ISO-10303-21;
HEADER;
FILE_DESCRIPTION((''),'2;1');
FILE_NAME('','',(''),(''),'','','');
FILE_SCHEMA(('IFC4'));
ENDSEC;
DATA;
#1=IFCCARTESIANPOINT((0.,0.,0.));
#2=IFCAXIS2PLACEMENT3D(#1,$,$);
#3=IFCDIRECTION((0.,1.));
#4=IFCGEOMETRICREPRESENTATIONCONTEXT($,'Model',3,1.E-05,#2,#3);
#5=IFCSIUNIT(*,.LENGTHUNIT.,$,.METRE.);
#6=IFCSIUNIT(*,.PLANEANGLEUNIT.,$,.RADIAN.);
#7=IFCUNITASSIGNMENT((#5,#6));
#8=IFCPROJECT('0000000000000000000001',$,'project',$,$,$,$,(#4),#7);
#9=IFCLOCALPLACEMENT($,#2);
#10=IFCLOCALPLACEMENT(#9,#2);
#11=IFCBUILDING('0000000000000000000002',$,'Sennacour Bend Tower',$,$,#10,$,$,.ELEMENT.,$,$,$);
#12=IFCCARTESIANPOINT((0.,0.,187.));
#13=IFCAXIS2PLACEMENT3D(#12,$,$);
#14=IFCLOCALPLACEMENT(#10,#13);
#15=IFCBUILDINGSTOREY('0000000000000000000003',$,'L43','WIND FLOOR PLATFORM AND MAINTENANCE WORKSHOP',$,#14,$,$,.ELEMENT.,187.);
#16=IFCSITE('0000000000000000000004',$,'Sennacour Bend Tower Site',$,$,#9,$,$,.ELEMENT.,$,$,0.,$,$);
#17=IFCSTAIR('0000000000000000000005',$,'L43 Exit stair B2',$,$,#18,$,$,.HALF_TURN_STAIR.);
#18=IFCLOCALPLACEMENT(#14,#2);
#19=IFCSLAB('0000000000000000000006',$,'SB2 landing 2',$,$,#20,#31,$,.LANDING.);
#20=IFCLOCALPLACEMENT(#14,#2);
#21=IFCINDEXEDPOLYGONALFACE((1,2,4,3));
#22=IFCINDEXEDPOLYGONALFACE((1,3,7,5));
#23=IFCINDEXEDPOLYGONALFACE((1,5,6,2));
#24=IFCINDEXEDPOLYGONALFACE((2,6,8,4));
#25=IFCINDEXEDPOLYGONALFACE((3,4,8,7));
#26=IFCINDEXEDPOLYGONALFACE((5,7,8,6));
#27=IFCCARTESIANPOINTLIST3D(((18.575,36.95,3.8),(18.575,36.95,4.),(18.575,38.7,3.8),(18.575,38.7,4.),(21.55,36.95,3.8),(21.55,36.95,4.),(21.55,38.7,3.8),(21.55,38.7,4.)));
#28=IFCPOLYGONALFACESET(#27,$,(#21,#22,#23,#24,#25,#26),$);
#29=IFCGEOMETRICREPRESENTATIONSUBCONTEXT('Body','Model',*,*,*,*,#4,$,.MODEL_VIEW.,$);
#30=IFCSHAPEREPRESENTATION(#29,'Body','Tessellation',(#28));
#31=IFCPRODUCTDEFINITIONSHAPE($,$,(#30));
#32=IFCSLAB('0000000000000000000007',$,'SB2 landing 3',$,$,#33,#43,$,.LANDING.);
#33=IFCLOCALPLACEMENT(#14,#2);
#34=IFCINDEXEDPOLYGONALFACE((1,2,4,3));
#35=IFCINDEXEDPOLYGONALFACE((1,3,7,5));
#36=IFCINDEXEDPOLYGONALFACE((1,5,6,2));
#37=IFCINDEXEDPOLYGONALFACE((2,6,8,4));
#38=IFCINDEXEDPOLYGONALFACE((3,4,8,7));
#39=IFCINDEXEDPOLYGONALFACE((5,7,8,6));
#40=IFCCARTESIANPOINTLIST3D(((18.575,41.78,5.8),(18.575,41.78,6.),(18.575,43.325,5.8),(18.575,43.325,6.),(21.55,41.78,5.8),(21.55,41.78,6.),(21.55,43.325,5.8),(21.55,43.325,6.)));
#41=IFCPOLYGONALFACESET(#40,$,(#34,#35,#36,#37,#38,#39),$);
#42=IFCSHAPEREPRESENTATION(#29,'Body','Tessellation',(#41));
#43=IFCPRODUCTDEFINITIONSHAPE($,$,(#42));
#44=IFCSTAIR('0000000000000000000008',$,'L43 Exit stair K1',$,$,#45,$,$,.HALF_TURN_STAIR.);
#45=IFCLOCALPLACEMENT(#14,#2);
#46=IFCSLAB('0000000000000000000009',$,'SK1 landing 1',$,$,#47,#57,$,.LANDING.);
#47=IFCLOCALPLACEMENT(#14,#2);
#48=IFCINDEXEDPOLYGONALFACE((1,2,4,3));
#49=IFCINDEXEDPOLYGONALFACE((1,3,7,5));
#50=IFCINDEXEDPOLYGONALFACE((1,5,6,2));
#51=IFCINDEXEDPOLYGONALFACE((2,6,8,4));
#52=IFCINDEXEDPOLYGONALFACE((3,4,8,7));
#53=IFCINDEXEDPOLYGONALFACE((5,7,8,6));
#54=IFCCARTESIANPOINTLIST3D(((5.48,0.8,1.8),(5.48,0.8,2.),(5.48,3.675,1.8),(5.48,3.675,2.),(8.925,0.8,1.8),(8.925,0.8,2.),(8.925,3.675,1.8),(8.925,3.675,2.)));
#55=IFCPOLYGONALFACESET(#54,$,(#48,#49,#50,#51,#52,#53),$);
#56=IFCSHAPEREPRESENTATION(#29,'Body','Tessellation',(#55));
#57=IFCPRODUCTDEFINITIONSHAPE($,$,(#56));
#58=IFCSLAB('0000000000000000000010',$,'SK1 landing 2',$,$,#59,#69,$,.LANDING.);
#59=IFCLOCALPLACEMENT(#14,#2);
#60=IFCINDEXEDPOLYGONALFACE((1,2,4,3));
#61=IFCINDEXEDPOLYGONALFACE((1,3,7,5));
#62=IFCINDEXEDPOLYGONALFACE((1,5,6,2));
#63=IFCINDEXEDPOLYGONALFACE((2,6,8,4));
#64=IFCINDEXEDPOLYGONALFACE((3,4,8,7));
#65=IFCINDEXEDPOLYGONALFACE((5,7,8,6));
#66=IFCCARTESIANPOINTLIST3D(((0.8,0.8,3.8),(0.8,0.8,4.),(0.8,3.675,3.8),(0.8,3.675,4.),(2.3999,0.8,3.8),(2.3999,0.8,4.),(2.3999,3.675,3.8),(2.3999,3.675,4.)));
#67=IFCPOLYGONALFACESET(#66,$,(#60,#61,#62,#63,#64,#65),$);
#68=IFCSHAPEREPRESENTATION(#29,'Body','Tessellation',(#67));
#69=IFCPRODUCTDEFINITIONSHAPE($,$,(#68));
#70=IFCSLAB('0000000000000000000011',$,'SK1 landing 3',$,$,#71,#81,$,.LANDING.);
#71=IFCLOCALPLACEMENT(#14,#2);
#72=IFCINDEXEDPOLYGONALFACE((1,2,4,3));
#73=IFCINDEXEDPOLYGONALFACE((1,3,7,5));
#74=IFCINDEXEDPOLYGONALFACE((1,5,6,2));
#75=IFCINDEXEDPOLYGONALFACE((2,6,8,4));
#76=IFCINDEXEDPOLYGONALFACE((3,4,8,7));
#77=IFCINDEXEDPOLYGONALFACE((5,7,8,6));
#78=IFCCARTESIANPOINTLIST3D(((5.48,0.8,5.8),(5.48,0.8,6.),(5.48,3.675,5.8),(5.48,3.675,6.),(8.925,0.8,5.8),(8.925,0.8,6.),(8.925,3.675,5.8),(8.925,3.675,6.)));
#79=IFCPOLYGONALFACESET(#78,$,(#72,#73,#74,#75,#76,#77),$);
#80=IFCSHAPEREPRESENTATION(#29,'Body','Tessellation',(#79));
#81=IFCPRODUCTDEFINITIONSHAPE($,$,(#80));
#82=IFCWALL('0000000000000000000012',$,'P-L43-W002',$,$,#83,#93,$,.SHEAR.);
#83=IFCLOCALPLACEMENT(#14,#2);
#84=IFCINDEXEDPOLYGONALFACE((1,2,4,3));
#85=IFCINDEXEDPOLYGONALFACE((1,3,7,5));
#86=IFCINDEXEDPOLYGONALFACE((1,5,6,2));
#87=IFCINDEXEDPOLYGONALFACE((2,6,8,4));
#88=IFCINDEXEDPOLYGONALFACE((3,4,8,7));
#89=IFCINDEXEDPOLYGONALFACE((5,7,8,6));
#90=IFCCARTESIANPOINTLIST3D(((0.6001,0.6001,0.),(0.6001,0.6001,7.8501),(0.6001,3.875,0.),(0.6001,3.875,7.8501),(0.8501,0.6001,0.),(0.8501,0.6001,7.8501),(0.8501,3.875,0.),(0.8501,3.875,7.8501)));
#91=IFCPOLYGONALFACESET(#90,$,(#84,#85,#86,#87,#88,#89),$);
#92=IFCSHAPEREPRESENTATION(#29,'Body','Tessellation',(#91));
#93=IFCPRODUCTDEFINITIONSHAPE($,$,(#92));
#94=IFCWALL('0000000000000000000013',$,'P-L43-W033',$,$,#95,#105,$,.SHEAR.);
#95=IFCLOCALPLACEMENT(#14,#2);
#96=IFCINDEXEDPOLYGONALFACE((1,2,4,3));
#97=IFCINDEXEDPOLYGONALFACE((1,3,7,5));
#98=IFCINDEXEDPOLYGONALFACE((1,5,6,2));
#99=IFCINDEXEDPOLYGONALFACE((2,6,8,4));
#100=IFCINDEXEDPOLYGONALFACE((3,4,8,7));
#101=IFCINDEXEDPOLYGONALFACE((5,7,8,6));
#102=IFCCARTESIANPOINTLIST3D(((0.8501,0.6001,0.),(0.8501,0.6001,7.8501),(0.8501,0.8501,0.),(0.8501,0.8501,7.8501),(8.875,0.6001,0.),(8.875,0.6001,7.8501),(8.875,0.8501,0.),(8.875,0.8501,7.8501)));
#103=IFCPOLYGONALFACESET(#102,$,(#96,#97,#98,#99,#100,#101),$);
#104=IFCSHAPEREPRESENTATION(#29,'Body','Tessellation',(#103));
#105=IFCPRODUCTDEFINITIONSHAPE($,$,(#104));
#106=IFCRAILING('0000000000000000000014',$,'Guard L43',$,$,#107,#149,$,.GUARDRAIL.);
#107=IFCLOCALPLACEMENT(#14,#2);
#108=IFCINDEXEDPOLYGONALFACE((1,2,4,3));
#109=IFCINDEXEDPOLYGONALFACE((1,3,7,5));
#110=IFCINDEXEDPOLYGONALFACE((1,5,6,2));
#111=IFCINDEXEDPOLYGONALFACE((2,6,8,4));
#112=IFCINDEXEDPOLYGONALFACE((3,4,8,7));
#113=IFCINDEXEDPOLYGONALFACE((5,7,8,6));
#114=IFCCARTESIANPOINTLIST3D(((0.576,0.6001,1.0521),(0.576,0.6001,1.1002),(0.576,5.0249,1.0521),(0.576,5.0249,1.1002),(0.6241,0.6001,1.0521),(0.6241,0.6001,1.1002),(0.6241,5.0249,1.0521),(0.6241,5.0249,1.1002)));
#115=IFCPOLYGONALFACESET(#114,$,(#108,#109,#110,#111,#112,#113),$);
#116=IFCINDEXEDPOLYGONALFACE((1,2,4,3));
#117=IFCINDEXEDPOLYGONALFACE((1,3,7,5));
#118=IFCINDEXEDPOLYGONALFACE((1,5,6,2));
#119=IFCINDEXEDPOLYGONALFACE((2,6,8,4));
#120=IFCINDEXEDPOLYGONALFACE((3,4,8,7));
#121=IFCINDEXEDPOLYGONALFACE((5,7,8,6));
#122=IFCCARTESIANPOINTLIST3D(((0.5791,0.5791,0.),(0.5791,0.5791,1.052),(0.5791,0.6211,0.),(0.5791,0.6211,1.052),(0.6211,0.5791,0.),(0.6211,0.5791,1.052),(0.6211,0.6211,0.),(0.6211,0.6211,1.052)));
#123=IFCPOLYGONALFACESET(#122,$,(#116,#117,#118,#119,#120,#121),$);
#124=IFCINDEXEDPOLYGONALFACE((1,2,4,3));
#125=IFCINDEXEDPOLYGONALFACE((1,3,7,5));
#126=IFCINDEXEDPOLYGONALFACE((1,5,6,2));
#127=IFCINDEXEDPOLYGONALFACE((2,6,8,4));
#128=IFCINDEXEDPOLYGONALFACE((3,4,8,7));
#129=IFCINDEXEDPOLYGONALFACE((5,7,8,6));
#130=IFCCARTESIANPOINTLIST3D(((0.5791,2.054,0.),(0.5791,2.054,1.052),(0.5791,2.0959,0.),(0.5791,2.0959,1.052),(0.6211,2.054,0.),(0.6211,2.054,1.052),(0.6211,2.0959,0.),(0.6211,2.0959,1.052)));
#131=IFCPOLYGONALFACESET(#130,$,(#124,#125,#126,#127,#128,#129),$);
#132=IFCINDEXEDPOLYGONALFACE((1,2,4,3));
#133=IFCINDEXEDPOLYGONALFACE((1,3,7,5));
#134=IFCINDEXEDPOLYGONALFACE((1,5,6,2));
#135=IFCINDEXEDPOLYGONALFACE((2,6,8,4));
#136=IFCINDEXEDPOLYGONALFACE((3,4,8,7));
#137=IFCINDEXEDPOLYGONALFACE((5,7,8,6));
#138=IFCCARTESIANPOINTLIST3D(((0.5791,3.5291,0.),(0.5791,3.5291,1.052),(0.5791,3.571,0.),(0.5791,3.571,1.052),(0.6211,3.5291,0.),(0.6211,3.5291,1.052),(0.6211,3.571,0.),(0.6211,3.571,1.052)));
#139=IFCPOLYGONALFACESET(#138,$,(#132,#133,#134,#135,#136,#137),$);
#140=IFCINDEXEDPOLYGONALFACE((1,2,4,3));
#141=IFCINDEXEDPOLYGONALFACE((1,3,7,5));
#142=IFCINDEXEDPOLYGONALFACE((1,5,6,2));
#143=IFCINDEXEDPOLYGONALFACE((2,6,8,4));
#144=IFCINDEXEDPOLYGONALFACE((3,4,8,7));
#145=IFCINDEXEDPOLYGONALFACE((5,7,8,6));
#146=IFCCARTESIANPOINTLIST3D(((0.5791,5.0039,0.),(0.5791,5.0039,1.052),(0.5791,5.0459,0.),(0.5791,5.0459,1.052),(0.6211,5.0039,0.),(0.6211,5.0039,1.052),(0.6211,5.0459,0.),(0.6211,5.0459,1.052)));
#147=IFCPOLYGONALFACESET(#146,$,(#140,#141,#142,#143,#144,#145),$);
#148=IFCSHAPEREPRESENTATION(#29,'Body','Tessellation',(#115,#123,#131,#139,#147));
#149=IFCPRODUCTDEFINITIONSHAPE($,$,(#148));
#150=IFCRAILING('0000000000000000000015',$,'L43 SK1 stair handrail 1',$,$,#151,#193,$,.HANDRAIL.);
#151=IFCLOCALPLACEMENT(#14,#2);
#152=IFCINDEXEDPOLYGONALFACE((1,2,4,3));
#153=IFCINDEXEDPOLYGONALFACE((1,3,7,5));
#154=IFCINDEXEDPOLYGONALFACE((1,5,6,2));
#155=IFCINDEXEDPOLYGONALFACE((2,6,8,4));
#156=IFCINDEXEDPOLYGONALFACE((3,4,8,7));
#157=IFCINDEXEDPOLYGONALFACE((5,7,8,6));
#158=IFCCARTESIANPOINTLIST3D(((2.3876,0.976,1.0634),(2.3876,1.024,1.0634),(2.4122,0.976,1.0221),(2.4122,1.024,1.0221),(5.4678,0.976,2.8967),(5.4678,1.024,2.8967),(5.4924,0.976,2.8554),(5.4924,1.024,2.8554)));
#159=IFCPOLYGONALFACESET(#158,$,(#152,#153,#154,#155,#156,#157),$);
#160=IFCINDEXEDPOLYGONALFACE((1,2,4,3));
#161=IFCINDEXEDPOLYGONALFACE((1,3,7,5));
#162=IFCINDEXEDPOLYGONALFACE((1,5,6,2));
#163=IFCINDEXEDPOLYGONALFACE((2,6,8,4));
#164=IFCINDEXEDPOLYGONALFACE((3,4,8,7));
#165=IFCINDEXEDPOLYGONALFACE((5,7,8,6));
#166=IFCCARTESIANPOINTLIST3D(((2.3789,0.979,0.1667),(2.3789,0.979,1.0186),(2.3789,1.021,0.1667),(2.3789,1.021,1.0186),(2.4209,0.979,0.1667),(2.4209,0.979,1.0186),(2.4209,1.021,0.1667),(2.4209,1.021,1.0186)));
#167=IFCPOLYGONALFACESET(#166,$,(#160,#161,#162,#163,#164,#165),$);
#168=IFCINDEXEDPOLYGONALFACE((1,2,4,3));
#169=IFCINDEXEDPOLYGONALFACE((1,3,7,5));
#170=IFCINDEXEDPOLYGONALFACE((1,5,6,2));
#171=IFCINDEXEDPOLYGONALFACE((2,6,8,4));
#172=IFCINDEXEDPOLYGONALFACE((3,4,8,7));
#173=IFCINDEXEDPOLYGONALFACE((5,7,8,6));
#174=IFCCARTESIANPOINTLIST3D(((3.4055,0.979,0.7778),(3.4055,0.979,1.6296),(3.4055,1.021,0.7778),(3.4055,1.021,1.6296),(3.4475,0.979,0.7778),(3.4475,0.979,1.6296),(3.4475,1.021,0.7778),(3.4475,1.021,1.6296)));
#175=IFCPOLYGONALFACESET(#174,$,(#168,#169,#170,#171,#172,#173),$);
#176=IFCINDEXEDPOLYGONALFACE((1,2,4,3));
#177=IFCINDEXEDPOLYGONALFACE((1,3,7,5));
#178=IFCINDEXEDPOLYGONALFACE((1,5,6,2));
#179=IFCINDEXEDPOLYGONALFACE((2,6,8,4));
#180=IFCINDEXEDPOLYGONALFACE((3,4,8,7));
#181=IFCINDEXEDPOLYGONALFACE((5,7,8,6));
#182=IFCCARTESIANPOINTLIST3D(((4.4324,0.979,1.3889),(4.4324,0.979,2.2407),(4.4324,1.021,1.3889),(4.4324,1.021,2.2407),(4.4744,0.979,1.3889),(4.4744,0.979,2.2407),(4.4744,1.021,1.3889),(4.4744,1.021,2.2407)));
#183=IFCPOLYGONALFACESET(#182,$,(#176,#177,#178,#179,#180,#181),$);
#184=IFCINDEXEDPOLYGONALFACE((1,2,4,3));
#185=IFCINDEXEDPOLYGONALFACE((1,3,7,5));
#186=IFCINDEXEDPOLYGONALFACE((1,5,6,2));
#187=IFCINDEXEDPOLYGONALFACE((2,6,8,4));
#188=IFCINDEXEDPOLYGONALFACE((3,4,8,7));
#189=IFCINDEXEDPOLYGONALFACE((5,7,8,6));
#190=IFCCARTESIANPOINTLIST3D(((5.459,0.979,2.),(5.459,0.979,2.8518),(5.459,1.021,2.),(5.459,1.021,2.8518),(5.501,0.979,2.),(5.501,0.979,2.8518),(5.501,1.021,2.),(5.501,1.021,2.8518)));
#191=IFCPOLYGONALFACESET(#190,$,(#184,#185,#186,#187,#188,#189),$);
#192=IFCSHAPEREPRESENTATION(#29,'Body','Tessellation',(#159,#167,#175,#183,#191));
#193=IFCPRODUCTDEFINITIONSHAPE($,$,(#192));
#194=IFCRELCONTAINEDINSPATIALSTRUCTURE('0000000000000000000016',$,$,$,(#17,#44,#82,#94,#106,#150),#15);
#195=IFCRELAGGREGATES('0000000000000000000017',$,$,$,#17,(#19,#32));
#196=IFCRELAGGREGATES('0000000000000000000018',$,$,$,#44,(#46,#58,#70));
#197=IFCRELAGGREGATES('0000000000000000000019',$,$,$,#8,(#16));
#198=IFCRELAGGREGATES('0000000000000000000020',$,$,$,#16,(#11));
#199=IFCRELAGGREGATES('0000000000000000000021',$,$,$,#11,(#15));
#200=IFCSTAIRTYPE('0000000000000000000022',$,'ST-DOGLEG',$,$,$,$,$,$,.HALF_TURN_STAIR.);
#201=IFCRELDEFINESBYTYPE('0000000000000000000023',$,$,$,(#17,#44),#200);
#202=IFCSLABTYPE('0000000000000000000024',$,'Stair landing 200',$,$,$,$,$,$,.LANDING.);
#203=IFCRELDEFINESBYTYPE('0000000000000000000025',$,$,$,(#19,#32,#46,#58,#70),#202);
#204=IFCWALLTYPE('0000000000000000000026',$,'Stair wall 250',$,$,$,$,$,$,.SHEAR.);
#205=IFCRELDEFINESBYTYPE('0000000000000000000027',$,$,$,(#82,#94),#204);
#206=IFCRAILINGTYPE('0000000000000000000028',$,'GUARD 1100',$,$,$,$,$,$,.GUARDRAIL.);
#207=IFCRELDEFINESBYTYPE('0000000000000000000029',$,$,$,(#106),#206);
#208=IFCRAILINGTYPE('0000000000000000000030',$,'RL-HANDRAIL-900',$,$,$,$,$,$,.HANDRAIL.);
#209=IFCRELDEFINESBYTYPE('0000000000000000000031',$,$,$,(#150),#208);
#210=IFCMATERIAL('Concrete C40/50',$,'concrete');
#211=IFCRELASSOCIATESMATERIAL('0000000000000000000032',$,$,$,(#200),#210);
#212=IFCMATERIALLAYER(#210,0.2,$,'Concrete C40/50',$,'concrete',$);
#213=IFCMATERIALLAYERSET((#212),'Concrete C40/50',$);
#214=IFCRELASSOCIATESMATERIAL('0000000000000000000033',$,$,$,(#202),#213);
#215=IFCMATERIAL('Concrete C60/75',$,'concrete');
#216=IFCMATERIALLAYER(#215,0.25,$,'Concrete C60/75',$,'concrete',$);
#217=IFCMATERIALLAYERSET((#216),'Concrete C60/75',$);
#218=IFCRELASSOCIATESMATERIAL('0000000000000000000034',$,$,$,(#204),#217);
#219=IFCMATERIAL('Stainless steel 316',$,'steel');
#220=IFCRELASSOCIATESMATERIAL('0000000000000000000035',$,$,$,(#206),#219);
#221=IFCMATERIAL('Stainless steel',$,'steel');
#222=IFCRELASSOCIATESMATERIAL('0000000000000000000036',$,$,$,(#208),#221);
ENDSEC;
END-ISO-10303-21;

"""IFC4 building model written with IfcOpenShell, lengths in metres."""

from ifc_helpers import new_model, si_unit, direction, frame, frame_2d, origin, origin_2d, place, context, subcontext, project, spatial, polyline, rectangle, outline, extrude, material, layer, layer_set, type_object, element, aggregate, save


model = new_model("IFC4")

# Units and contexts
model_context = context("Model", 3, precision=1e-05, world=origin(), true_north=direction((0.0, 1.0)))
body_context = subcontext(model_context, "Body", "Model", "MODEL_VIEW")
ifc_project = project(units=[si_unit("LENGTHUNIT", "METRE"), si_unit("PLANEANGLEUNIT", "RADIAN")], contexts=[model_context])

# Site, building, storey
site_placement = place(None, origin())
site = spatial("IfcSite", under=ifc_project, at=site_placement, Name="Sennacour Bend Tower Site", CompositionType="ELEMENT", RefElevation=0.0)
building_placement = place(site_placement, origin())
building = spatial("IfcBuilding", under=site, at=building_placement, Name="Sennacour Bend Tower", CompositionType="ELEMENT")
storey_placement = place(building_placement, frame((0.0, 0.0, 187.0)))
storey = spatial("IfcBuildingStorey", under=building, at=storey_placement, Name="L43", Description="WIND FLOOR PLATFORM AND MAINTENANCE WORKSHOP", CompositionType="ELEMENT", Elevation=187.0)

# Shared definitions
ifc_material_1 = material(Name="Concrete C40/50", Category="concrete")

# Stairs, slabs
stair_type = type_object("IfcStairType", Name="ST-DOGLEG", PredefinedType="HALF_TURN_STAIR", material=ifc_material_1)
ifc_layer_1 = layer(ifc_material_1, 0.2, Name="Concrete C40/50", Category="concrete")
ifc_layer_set_1 = layer_set([ifc_layer_1], Name="Concrete C40/50")
slab_type_1 = type_object("IfcSlabType", Name="Stair landing 200", PredefinedType="LANDING", material=ifc_layer_set_1)
stair_1_placement = place(storey_placement, origin())
stair_1 = element("IfcStair", 1, at=stair_1_placement, inside=storey, type_object=stair_type, Name="L43 Exit stair B2", PredefinedType="HALF_TURN_STAIR")
slab_1_placement = place(storey_placement, frame((0.0, 0.0, 3.8)))
slab_1 = element("IfcSlab", 2, at=slab_1_placement, type_object=slab_type_1, Name="SB2 landing 2", PredefinedType="LANDING", context=body_context, shape_type="SweptSolid", body=[
    extrude(outline(polyline([(18.575, 36.95), (21.55, 36.95), (21.55, 38.7), (18.575, 38.7), (18.575, 36.95)])), origin(), (0.0, 0.0, 1.0), 0.2),
])
slab_2_placement = place(storey_placement, frame((0.0, 0.0, 5.8)))
slab_2 = element("IfcSlab", 3, at=slab_2_placement, type_object=slab_type_1, Name="SB2 landing 3", PredefinedType="LANDING", context=body_context, shape_type="SweptSolid", body=[
    extrude(outline(polyline([(18.575, 41.78), (21.55, 41.78), (21.55, 43.325), (18.575, 43.325), (18.575, 41.78)])), origin(), (0.0, 0.0, 1.0), 0.2),
])
aggregate(stair_1, [slab_1, slab_2])
stair_2_placement = place(storey_placement, origin())
stair_2 = element("IfcStair", 4, at=stair_2_placement, inside=storey, type_object=stair_type, Name="L43 Exit stair K1", PredefinedType="HALF_TURN_STAIR")
slab_3_placement = place(storey_placement, frame((0.0, 0.0, 1.8)))
slab_3 = element("IfcSlab", 5, at=slab_3_placement, type_object=slab_type_1, Name="SK1 landing 1", PredefinedType="LANDING", context=body_context, shape_type="SweptSolid", body=[
    extrude(outline(polyline([(5.48, 0.8), (8.925, 0.8), (8.925, 3.675), (5.48, 3.675), (5.48, 0.8)])), origin(), (0.0, 0.0, 1.0), 0.2),
])
slab_4_placement = place(storey_placement, frame((0.0, 0.0, 3.8)))
slab_4 = element("IfcSlab", 6, at=slab_4_placement, type_object=slab_type_1, Name="SK1 landing 2", PredefinedType="LANDING", context=body_context, shape_type="SweptSolid", body=[
    extrude(outline(polyline([(0.8, 0.8), (2.3999, 0.8), (2.3999, 3.675), (0.8, 3.675), (0.8, 0.8)])), origin(), (0.0, 0.0, 1.0), 0.2),
])
slab_5_placement = place(storey_placement, frame((0.0, 0.0, 5.8)))
slab_5 = element("IfcSlab", 7, at=slab_5_placement, type_object=slab_type_1, Name="SK1 landing 3", PredefinedType="LANDING", context=body_context, shape_type="SweptSolid", body=[
    extrude(outline(polyline([(5.48, 0.8), (8.925, 0.8), (8.925, 3.675), (5.48, 3.675), (5.48, 0.8)])), origin(), (0.0, 0.0, 1.0), 0.2),
])
aggregate(stair_2, [slab_3, slab_4, slab_5])

# Walls
ifc_material_2 = material(Name="Concrete C60/75", Category="concrete")
ifc_layer_2 = layer(ifc_material_2, 0.25, Name="Concrete C60/75", Category="concrete")
ifc_layer_set_2 = layer_set([ifc_layer_2], Name="Concrete C60/75")
wall_type = type_object("IfcWallType", Name="Stair wall 250", PredefinedType="SHEAR", material=ifc_layer_set_2)
wall_1_placement = place(storey_placement, frame((0.7251, 0.6001, 0.0), z_axis=(0.0, 0.0, 1.0), x_axis=(0.0, 1.0, 0.0)))
element("IfcWall", 8, at=wall_1_placement, inside=storey, type_object=wall_type, Name="P-L43-W002", PredefinedType="SHEAR", context=body_context, shape_type="SweptSolid", body=[
    extrude(rectangle(XDim=3.2749, YDim=0.25, at=frame_2d((1.6375, 0.0))), origin(), (0.0, 0.0, 1.0), 7.8501),
])
wall_2_placement = place(storey_placement, frame((0.8501, 0.7251, 0.0), z_axis=(0.0, 0.0, 1.0), x_axis=(1.0, 0.0, 0.0)))
element("IfcWall", 9, at=wall_2_placement, inside=storey, type_object=wall_type, Name="P-L43-W033", PredefinedType="SHEAR", context=body_context, shape_type="SweptSolid", body=[
    extrude(rectangle(XDim=8.0249, YDim=0.25, at=frame_2d((4.0125, 0.0))), origin(), (0.0, 0.0, 1.0), 7.8501),
])

# Railings
ifc_material_3 = material(Name="Stainless steel 316", Category="steel")
railing_type_1 = type_object("IfcRailingType", Name="GUARD 1100", PredefinedType="GUARDRAIL", material=ifc_material_3)
railing_1_placement = place(storey_placement, frame((0.6001, 0.6001, 0.0)))
element("IfcRailing", 10, at=railing_1_placement, inside=storey, type_object=railing_type_1, Name="Guard L43", PredefinedType="GUARDRAIL", context=body_context, shape_type="SweptSolid", body=[
    extrude(rectangle(XDim=0.0481, YDim=0.0481, at=origin_2d()), frame((0.0, 0.0, 1.0762), z_axis=(0.0, 1.0, 0.0), x_axis=(-1.0, 0.0, 0.0)), (0.0, 0.0, 1.0), 4.4248),
    extrude(rectangle(XDim=0.042, YDim=0.042, at=origin_2d()), origin(), (0.0, 0.0, 1.0), 1.052),
    extrude(rectangle(XDim=0.042, YDim=0.042, at=origin_2d()), frame((0.0, 1.4749, 0.0)), (0.0, 0.0, 1.0), 1.052),
    extrude(rectangle(XDim=0.042, YDim=0.042, at=origin_2d()), frame((0.0, 2.95, 0.0)), (0.0, 0.0, 1.0), 1.052),
    extrude(rectangle(XDim=0.042, YDim=0.042, at=origin_2d()), frame((0.0, 4.4248, 0.0)), (0.0, 0.0, 1.0), 1.052),
])
ifc_material_4 = material(Name="Stainless steel", Category="steel")
railing_type_2 = type_object("IfcRailingType", Name="RL-HANDRAIL-900", PredefinedType="HANDRAIL", material=ifc_material_4)
railing_2_placement = place(storey_placement, frame((2.3999, 1.0, 0.1667)))
element("IfcRailing", 11, at=railing_2_placement, inside=storey, type_object=railing_type_2, Name="L43 SK1 stair handrail 1", PredefinedType="HANDRAIL", context=body_context, shape_type="SweptSolid", body=[
    extrude(rectangle(XDim=0.0481, YDim=0.0481, at=origin_2d()), frame((0.0, 0.0, 0.876), z_axis=(0.859309, 0.0, 0.511458), x_axis=(0.0, 1.0, 0.0)), (0.0, 0.0, 1.0), 3.5845),
    extrude(rectangle(XDim=0.042, YDim=0.042, at=origin_2d()), origin(), (0.0, 0.0, 1.0), 0.8518),
    extrude(rectangle(XDim=0.042, YDim=0.042, at=origin_2d()), frame((1.0266, 0.0, 0.6111)), (0.0, 0.0, 1.0), 0.8518),
    extrude(rectangle(XDim=0.042, YDim=0.042, at=origin_2d()), frame((2.0535, 0.0, 1.2222)), (0.0, 0.0, 1.0), 0.8518),
    extrude(rectangle(XDim=0.042, YDim=0.042, at=origin_2d()), frame((3.0801, 0.0, 1.8333)), (0.0, 0.0, 1.0), 0.8518),
])

save(model, "model.ifc")
